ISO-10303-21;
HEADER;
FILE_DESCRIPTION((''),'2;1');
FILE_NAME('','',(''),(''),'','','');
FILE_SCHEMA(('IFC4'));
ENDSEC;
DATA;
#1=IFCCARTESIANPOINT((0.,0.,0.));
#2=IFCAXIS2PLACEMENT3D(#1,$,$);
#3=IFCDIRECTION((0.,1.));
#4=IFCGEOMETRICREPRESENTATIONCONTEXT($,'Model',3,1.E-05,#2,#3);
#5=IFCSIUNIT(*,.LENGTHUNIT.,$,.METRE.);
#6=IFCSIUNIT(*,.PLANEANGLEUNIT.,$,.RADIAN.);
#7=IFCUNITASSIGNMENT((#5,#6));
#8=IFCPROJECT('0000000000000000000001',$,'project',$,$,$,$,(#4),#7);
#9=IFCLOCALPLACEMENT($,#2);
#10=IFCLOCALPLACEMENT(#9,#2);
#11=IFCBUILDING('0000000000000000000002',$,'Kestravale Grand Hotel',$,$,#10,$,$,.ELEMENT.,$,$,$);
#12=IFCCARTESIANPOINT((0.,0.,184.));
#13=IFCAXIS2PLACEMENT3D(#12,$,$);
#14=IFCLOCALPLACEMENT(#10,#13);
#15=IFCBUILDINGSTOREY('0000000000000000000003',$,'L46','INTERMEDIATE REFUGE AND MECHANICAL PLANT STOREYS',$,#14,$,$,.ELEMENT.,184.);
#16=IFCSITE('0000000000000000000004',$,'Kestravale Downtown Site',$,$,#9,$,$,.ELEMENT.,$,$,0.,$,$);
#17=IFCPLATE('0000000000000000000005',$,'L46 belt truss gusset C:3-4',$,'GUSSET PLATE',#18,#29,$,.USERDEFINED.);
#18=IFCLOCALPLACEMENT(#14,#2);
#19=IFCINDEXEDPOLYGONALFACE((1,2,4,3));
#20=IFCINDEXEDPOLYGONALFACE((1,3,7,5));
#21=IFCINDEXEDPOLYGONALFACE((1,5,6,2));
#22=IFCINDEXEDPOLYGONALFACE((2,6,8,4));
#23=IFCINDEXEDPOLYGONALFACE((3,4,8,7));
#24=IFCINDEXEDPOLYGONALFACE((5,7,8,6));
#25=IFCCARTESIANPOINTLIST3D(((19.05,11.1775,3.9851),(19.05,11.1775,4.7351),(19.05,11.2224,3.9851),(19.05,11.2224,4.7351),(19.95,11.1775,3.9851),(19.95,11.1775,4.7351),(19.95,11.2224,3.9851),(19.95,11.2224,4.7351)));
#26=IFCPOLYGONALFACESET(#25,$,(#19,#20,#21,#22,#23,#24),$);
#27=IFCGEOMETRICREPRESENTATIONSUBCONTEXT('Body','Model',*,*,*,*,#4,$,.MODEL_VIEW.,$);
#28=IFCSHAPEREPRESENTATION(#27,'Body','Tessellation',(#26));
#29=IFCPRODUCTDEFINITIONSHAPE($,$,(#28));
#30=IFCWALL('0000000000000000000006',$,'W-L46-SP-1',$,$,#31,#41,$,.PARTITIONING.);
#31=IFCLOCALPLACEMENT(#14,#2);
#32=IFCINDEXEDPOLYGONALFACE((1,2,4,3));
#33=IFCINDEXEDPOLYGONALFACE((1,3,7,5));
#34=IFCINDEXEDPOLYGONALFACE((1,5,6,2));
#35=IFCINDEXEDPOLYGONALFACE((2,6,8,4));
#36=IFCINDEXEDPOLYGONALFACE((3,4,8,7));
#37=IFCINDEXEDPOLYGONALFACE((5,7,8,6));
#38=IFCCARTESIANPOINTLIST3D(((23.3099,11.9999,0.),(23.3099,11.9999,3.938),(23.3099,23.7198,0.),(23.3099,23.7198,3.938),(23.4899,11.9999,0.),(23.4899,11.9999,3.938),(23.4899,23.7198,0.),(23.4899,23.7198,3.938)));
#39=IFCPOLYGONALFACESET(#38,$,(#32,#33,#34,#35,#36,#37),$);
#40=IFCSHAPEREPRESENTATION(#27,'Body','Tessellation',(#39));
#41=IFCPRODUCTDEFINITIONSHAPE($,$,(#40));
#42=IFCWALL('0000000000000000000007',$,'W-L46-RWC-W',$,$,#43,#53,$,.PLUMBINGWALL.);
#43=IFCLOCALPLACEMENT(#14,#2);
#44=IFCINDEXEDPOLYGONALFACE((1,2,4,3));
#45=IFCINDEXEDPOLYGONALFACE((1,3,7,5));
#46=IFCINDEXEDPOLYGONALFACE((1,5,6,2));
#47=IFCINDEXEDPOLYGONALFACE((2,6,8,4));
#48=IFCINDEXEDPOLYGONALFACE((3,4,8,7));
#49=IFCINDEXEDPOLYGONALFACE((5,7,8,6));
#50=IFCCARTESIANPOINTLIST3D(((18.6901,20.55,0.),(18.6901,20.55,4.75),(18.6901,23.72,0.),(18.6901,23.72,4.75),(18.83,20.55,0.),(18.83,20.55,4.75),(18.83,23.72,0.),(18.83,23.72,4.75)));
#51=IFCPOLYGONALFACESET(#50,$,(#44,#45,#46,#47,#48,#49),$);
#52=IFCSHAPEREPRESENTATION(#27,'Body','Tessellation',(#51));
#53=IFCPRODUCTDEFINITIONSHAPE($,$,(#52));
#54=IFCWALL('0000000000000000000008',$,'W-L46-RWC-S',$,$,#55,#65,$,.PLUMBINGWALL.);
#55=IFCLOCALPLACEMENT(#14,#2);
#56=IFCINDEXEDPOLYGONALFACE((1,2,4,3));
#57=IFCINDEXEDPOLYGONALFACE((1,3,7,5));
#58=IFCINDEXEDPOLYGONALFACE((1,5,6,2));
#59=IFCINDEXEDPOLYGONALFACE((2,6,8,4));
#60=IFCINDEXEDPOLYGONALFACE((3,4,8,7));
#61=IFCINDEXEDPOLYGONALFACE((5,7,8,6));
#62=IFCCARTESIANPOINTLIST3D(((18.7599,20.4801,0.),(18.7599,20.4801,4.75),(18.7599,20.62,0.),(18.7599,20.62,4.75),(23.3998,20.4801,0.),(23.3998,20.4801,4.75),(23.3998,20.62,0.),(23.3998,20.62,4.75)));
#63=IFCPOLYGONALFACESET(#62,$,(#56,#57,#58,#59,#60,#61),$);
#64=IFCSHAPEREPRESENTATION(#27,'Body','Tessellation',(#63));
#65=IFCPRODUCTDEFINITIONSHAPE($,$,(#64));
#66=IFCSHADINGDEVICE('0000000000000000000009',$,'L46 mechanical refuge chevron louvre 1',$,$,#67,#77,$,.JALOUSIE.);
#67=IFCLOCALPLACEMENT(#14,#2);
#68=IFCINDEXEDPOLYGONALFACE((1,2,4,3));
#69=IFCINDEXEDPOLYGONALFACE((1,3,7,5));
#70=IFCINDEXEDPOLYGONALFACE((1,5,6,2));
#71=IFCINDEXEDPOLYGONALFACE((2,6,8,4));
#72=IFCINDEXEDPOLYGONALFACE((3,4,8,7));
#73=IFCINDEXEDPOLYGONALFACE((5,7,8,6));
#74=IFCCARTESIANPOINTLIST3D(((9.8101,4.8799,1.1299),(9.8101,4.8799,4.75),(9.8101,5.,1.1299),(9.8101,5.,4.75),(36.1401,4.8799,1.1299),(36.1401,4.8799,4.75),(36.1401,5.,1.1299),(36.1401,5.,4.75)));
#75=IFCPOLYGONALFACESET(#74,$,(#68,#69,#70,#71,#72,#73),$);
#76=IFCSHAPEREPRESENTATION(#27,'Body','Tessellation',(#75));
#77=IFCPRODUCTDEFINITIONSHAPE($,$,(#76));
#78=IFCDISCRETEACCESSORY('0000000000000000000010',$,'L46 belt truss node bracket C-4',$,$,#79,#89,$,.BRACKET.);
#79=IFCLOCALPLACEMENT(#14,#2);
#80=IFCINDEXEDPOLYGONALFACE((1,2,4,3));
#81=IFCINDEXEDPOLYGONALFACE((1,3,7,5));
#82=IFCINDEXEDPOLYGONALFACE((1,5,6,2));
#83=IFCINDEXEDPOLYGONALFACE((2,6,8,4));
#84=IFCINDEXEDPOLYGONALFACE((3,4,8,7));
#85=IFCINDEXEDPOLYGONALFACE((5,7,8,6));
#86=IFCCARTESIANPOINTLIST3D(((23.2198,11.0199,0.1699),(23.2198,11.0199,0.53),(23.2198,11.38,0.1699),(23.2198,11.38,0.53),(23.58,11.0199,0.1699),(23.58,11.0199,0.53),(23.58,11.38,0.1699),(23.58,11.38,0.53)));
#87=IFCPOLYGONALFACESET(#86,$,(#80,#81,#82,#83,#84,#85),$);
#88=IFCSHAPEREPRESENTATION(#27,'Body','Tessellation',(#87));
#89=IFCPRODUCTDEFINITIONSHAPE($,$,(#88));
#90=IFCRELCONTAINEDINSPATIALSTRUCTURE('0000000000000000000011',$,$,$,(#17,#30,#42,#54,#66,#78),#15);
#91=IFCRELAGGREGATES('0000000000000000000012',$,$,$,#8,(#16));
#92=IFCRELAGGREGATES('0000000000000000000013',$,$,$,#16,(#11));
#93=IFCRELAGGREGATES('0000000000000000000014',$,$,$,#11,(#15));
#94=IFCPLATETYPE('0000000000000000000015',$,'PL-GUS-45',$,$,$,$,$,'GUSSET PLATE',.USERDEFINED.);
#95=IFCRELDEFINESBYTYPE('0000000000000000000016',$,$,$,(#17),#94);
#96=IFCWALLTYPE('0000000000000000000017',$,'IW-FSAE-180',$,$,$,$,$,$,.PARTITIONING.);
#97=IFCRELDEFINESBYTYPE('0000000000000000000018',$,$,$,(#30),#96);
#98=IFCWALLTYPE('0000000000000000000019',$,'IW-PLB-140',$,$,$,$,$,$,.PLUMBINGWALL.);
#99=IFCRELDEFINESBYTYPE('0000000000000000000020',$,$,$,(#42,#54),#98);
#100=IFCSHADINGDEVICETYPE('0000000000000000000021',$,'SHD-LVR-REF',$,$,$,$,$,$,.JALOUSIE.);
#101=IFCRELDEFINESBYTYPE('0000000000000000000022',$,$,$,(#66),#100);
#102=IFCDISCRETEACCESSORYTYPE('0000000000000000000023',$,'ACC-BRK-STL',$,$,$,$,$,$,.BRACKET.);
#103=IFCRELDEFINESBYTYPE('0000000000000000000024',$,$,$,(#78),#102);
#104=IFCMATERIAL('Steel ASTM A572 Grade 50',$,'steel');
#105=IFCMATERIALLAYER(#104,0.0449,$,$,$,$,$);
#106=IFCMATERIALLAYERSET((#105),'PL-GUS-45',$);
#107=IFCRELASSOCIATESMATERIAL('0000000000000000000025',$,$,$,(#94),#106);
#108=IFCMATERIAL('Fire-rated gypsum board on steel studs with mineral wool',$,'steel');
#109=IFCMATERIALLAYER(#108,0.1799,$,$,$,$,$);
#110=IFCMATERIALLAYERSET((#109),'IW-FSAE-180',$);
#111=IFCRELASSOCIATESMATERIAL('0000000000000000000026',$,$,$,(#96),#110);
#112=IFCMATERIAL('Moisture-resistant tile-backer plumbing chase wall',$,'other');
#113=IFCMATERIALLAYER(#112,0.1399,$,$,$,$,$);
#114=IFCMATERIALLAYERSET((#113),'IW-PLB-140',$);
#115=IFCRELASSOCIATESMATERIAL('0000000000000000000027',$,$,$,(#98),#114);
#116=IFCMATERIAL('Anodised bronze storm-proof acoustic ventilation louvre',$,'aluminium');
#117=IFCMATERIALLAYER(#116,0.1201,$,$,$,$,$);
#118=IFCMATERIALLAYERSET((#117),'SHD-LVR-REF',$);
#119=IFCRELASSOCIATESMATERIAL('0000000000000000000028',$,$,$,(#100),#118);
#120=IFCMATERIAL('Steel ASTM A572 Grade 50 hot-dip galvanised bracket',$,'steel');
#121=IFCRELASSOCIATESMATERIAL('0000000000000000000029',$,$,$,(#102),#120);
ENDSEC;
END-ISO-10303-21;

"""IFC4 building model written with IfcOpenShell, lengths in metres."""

from ifc_helpers import new_model, si_unit, direction, frame, frame_2d, origin, origin_2d, place, context, subcontext, project, spatial, rectangle, extrude, material, layer, layer_set, type_object, element, save


model = new_model("IFC4")

# Units and contexts
model_context = context("Model", 3, precision=1e-05, world=origin(), true_north=direction((0.0, 1.0)))
body_context = subcontext(model_context, "Body", "Model", "MODEL_VIEW")
ifc_project = project(units=[si_unit("LENGTHUNIT", "METRE"), si_unit("PLANEANGLEUNIT", "RADIAN")], contexts=[model_context])

# Site, building, storey
site_placement = place(None, origin())
site = spatial("IfcSite", under=ifc_project, at=site_placement, Name="Kestravale Downtown Site", CompositionType="ELEMENT", RefElevation=0.0)
building_placement = place(site_placement, origin())
building = spatial("IfcBuilding", under=site, at=building_placement, Name="Kestravale Grand Hotel", CompositionType="ELEMENT")
storey_placement = place(building_placement, frame((0.0, 0.0, 184.0)))
storey = spatial("IfcBuildingStorey", under=building, at=storey_placement, Name="L46", Description="INTERMEDIATE REFUGE AND MECHANICAL PLANT STOREYS", CompositionType="ELEMENT", Elevation=184.0)

# Plate
ifc_material_1 = material(Name="Steel ASTM A572 Grade 50", Category="steel")
ifc_layer_1 = layer(ifc_material_1, 0.0449)
ifc_layer_set_1 = layer_set([ifc_layer_1], Name="PL-GUS-45")
plate_type = type_object("IfcPlateType", Name="PL-GUS-45", ElementType="GUSSET PLATE", PredefinedType="USERDEFINED", material=ifc_layer_set_1)
plate_placement = place(storey_placement, frame((19.5, 11.2, 3.9851), z_axis=(0.0, 0.0, 1.0), x_axis=(1.0, 0.0, 0.0)))
element("IfcPlate", 1, at=plate_placement, inside=storey, type_object=plate_type, Name="L46 belt truss gusset C:3-4", ObjectType="GUSSET PLATE", PredefinedType="USERDEFINED", context=body_context, shape_type="SweptSolid", body=[
    extrude(rectangle(XDim=0.8999, YDim=0.0449, at=origin_2d()), origin(), (0.0, 0.0, 1.0), 0.75),
])

# Walls
ifc_material_2 = material(Name="Fire-rated gypsum board on steel studs with mineral wool", Category="steel")
ifc_layer_2 = layer(ifc_material_2, 0.1799)
ifc_layer_set_2 = layer_set([ifc_layer_2], Name="IW-FSAE-180")
wall_type_1 = type_object("IfcWallType", Name="IW-FSAE-180", PredefinedType="PARTITIONING", material=ifc_layer_set_2)
wall_1_placement = place(storey_placement, frame((23.3999, 12.0, 0.0), z_axis=(0.0, 0.0, 1.0), x_axis=(0.0, 1.0, 0.0)))
element("IfcWall", 2, at=wall_1_placement, inside=storey, type_object=wall_type_1, Name="W-L46-SP-1", PredefinedType="PARTITIONING", context=body_context, shape_type="SweptSolid", body=[
    extrude(rectangle(XDim=11.72, YDim=0.1799, at=frame_2d((5.8599, 0.0))), origin(), (0.0, 0.0, 1.0), 3.938),
])
ifc_material_3 = material(Name="Moisture-resistant tile-backer plumbing chase wall", Category="other")
ifc_layer_3 = layer(ifc_material_3, 0.1399)
ifc_layer_set_3 = layer_set([ifc_layer_3], Name="IW-PLB-140")
wall_type_2 = type_object("IfcWallType", Name="IW-PLB-140", PredefinedType="PLUMBINGWALL", material=ifc_layer_set_3)
wall_2_placement = place(storey_placement, frame((18.76, 20.55, 0.0), z_axis=(0.0, 0.0, 1.0), x_axis=(0.0, 1.0, 0.0)))
element("IfcWall", 3, at=wall_2_placement, inside=storey, type_object=wall_type_2, Name="W-L46-RWC-W", PredefinedType="PLUMBINGWALL", context=body_context, shape_type="SweptSolid", body=[
    extrude(rectangle(XDim=3.1699, YDim=0.1399, at=frame_2d((1.585, 0.0))), origin(), (0.0, 0.0, 1.0), 4.75),
])
wall_3_placement = place(storey_placement, frame((18.76, 20.55, 0.0), z_axis=(0.0, 0.0, 1.0), x_axis=(1.0, 0.0, 0.0)))
element("IfcWall", 4, at=wall_3_placement, inside=storey, type_object=wall_type_2, Name="W-L46-RWC-S", PredefinedType="PLUMBINGWALL", context=body_context, shape_type="SweptSolid", body=[
    extrude(rectangle(XDim=4.6399, YDim=0.1399, at=frame_2d((2.3198, 0.0))), origin(), (0.0, 0.0, 1.0), 4.75),
])

# Shading device
ifc_material_4 = material(Name="Anodised bronze storm-proof acoustic ventilation louvre", Category="aluminium")
ifc_layer_4 = layer(ifc_material_4, 0.1201)
ifc_layer_set_4 = layer_set([ifc_layer_4], Name="SHD-LVR-REF")
shading_device_type = type_object("IfcShadingDeviceType", Name="SHD-LVR-REF", PredefinedType="JALOUSIE", material=ifc_layer_set_4)
shading_device_placement = place(storey_placement, frame((22.9751, 4.9399, 1.1299), z_axis=(0.0, 0.0, 1.0), x_axis=(1.0, 0.0, 0.0)))
element("IfcShadingDevice", 5, at=shading_device_placement, inside=storey, type_object=shading_device_type, Name="L46 mechanical refuge chevron louvre 1", PredefinedType="JALOUSIE", context=body_context, shape_type="SweptSolid", body=[
    extrude(rectangle(XDim=26.3301, YDim=0.1201, at=origin_2d()), origin(), (0.0, 0.0, 1.0), 3.6201),
])

# Discrete accessory
ifc_material_5 = material(Name="Steel ASTM A572 Grade 50 hot-dip galvanised bracket", Category="steel")
discrete_accessory_type = type_object("IfcDiscreteAccessoryType", Name="ACC-BRK-STL", PredefinedType="BRACKET", material=ifc_material_5)
discrete_accessory_placement = place(storey_placement, frame((23.3999, 11.2, 0.1699), z_axis=(0.0, 0.0, 1.0), x_axis=(1.0, 0.0, 0.0)))
element("IfcDiscreteAccessory", 6, at=discrete_accessory_placement, inside=storey, type_object=discrete_accessory_type, Name="L46 belt truss node bracket C-4", PredefinedType="BRACKET", context=body_context, shape_type="SweptSolid", body=[
    extrude(rectangle(XDim=0.3601, YDim=0.3601, at=origin_2d()), origin(), (0.0, 0.0, 1.0), 0.3601),
])

save(model, "model.ifc")
